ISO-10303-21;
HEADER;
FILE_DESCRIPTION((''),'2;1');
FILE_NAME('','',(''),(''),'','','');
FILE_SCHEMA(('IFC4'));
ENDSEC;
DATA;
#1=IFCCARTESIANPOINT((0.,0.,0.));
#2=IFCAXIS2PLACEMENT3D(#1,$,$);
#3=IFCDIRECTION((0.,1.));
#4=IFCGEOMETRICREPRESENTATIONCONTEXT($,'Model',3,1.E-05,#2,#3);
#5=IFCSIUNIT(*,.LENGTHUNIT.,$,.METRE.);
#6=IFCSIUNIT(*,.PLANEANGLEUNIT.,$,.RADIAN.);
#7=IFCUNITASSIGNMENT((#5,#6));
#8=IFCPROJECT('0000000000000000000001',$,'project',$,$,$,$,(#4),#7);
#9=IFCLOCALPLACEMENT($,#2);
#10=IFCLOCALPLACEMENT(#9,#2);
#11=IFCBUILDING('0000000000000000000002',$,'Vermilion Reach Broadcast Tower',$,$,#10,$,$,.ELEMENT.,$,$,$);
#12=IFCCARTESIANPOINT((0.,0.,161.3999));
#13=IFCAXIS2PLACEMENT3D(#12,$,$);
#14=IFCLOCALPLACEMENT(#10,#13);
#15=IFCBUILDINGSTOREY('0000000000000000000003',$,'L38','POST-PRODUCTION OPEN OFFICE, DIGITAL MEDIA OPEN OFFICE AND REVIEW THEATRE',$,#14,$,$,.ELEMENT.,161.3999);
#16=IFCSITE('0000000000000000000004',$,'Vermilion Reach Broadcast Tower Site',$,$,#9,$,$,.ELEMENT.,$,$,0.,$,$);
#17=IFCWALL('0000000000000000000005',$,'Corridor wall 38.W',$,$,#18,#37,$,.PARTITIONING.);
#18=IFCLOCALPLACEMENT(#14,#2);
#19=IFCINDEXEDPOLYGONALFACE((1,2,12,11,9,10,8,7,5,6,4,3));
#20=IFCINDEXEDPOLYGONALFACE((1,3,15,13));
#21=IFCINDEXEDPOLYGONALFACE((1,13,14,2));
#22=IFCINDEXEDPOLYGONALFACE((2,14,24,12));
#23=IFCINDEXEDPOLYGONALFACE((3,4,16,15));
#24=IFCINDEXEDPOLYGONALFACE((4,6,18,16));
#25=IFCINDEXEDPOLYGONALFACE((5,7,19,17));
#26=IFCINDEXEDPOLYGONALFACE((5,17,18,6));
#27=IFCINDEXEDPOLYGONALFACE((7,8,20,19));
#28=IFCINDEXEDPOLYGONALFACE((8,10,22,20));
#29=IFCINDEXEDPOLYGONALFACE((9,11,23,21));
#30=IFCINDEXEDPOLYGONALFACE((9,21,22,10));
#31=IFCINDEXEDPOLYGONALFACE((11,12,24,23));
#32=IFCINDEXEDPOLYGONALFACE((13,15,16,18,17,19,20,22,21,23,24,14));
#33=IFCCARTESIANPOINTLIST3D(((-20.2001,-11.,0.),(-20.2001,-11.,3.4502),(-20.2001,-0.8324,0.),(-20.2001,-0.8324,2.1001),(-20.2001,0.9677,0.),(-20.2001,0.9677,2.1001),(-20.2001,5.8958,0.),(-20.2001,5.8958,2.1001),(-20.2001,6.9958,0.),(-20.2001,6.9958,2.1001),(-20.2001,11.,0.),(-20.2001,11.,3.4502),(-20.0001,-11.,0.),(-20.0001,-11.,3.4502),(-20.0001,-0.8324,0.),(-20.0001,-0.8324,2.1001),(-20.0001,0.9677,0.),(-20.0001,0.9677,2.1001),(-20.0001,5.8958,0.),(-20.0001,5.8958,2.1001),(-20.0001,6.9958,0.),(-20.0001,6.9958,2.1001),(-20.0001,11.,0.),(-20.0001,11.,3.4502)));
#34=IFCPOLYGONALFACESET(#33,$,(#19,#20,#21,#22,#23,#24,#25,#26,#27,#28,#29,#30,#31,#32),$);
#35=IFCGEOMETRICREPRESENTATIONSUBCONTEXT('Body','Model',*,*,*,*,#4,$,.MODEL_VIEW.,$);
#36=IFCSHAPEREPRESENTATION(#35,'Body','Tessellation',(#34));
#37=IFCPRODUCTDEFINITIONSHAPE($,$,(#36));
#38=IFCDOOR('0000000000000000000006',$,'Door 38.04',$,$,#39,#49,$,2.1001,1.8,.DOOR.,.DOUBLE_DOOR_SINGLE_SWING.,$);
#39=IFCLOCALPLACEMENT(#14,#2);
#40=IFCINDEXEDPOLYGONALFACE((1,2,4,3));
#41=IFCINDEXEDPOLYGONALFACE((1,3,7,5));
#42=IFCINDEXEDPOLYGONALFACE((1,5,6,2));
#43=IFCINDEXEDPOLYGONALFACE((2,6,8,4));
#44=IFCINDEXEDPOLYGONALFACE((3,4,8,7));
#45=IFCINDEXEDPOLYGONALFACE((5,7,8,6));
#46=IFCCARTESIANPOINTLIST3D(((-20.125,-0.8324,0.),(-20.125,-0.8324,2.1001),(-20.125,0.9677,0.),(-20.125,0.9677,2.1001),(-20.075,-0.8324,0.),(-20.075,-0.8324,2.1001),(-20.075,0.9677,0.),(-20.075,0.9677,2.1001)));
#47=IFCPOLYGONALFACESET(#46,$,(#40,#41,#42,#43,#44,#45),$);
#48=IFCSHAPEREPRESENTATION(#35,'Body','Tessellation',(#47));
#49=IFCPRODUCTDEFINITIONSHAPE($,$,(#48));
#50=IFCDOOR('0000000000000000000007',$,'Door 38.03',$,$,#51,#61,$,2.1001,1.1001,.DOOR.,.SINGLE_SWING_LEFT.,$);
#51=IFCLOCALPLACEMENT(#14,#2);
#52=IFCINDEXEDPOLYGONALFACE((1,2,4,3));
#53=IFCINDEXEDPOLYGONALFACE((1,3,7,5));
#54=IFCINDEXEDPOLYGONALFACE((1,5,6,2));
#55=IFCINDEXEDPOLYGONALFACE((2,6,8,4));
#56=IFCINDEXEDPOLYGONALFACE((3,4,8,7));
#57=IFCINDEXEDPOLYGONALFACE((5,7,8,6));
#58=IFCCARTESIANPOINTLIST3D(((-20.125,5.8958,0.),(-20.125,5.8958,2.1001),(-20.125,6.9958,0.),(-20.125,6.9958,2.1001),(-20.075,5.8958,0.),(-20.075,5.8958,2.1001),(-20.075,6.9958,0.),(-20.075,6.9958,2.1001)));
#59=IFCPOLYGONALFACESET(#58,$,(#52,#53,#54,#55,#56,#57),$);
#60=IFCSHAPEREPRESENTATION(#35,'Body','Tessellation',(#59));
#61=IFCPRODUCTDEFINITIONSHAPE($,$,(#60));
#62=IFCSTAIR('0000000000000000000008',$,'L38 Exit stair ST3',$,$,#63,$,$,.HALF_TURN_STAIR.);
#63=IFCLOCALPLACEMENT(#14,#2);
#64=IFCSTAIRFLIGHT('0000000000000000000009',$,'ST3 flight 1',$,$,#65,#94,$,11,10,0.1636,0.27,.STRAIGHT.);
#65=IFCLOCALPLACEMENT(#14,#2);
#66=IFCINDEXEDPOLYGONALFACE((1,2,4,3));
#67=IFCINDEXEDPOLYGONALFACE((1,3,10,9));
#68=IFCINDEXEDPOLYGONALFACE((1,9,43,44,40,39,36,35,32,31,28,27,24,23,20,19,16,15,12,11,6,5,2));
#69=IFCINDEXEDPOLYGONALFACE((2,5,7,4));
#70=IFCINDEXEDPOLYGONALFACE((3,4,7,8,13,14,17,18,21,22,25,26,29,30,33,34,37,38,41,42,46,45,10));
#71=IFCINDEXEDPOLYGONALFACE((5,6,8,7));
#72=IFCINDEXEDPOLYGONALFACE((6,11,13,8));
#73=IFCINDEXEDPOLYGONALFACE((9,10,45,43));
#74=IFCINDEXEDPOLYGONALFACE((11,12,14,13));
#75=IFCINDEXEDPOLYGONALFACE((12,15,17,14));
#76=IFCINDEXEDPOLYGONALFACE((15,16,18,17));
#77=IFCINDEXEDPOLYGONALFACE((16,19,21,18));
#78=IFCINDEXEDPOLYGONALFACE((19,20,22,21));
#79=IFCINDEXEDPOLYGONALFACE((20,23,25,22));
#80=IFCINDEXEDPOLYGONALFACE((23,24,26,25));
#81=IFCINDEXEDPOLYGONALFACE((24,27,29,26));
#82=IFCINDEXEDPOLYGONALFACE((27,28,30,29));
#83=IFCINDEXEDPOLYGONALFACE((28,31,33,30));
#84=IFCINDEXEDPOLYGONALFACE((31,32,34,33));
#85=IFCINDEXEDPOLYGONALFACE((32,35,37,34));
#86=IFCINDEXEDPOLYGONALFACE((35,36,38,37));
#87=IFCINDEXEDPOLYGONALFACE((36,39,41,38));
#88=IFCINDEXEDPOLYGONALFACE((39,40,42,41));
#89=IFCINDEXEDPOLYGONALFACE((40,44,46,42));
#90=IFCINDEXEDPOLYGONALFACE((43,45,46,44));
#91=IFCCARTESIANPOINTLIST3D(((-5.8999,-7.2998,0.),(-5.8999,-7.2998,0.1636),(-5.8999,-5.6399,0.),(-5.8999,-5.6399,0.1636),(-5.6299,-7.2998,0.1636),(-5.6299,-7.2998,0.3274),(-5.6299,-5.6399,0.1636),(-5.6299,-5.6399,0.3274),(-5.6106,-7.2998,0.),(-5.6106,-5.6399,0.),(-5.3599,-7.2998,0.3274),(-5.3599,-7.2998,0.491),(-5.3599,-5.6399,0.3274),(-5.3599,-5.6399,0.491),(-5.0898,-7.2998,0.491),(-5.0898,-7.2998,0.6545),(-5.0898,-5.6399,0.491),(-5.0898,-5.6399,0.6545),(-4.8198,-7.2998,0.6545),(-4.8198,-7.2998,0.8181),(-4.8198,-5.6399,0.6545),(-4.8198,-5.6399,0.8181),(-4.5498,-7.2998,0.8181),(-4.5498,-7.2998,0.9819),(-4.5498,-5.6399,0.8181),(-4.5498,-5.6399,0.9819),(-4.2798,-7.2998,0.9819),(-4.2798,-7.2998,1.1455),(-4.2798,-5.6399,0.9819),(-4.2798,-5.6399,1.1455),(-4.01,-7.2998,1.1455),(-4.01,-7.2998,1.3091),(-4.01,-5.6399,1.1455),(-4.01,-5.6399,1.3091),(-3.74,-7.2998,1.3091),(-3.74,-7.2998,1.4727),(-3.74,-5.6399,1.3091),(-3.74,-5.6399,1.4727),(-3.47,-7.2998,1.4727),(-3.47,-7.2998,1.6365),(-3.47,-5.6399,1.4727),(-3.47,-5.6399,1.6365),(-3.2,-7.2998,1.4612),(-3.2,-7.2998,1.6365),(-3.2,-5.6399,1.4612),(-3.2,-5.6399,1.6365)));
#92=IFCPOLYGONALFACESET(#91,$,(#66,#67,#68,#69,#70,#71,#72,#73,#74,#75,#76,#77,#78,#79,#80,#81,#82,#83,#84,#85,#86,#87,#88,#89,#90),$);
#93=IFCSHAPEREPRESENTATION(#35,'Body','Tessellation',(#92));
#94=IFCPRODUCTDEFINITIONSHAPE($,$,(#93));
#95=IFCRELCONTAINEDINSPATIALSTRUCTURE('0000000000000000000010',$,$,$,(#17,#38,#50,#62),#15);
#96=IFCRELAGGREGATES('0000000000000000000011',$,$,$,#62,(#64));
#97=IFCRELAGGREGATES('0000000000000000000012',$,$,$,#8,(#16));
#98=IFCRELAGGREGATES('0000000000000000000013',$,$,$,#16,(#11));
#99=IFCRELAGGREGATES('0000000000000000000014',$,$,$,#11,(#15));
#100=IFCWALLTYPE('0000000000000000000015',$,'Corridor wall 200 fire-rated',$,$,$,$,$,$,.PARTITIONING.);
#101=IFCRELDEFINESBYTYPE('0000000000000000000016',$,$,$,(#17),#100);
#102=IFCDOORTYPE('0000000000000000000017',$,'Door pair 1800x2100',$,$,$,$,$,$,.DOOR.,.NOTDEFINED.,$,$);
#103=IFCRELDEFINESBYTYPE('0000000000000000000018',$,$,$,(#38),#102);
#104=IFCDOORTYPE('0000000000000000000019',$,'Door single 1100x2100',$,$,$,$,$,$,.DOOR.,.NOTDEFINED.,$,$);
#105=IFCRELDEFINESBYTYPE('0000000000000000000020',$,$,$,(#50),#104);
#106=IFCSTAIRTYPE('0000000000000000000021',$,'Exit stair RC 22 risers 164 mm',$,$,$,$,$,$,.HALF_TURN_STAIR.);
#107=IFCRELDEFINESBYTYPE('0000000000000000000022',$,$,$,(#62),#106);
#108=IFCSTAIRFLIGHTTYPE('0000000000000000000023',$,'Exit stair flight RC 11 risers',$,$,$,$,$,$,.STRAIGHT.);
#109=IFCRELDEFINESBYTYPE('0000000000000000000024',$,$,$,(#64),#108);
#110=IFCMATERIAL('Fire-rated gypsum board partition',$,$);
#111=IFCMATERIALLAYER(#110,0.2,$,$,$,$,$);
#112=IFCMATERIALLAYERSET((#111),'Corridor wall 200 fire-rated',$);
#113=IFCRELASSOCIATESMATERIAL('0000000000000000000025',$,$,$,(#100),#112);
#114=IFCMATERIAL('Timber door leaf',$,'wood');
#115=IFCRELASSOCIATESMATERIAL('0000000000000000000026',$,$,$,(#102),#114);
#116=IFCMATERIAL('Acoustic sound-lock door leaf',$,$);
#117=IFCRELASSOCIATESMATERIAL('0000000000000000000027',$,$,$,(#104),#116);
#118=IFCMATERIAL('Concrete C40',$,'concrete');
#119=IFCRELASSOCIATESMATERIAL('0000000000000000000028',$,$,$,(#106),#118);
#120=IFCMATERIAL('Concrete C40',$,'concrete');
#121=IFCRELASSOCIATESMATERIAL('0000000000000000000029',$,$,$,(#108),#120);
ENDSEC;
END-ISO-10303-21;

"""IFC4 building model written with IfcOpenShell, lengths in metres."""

from ifc_helpers import new_model, si_unit, direction, frame, frame_2d, origin, place, context, subcontext, project, spatial, polyline, rectangle, outline, extrude, material, layer, layer_set, type_object, element, fill, aggregate, save


model = new_model("IFC4")

# Units and contexts
model_context = context("Model", 3, precision=1e-05, world=origin(), true_north=direction((0.0, 1.0)))
body_context = subcontext(model_context, "Body", "Model", "MODEL_VIEW")
ifc_project = project(units=[si_unit("LENGTHUNIT", "METRE"), si_unit("PLANEANGLEUNIT", "RADIAN")], contexts=[model_context])

# Site, building, storey
site_placement = place(None, origin())
site = spatial("IfcSite", under=ifc_project, at=site_placement, Name="Vermilion Reach Broadcast Tower Site", CompositionType="ELEMENT", RefElevation=0.0)
building_placement = place(site_placement, origin())
building = spatial("IfcBuilding", under=site, at=building_placement, Name="Vermilion Reach Broadcast Tower", CompositionType="ELEMENT")
storey_placement = place(building_placement, frame((0.0, 0.0, 161.3999)))
storey = spatial("IfcBuildingStorey", under=building, at=storey_placement, Name="L38", Description="POST-PRODUCTION OPEN OFFICE, DIGITAL MEDIA OPEN OFFICE AND REVIEW THEATRE", CompositionType="ELEMENT", Elevation=161.3999)

# Wall, openings, doors
ifc_material_1 = material(Name="Fire-rated gypsum board partition")
ifc_layer_1 = layer(ifc_material_1, 0.2)
ifc_layer_set_1 = layer_set([ifc_layer_1], Name="Corridor wall 200 fire-rated")
wall_type_1 = type_object("IfcWallType", Name="Corridor wall 200 fire-rated", PredefinedType="PARTITIONING", material=ifc_layer_set_1)
wall_1_placement = place(storey_placement, frame((-20.1001, -11.0, 0.0), z_axis=(0.0, 0.0, 1.0), x_axis=(0.0, 1.0, 0.0)))
wall_1 = element("IfcWall", 1, at=wall_1_placement, inside=storey, type_object=wall_type_1, Name="Corridor wall 38.W", PredefinedType="PARTITIONING", context=body_context, shape_type="SweptSolid", body=[
    extrude(rectangle(XDim=22.0, YDim=0.2, at=frame_2d((11.0, 0.0))), origin(), (0.0, 0.0, 1.0), 3.4502),
])
opening_1_placement = place(wall_1_placement, frame((16.8958, 0.0, 0.0)))
opening_1 = element("IfcOpeningElement", 2, at=opening_1_placement, cuts=wall_1, PredefinedType="OPENING", context=body_context, shape_type="SweptSolid", body=[
    extrude(rectangle(XDim=1.1001, YDim=2.1001, at=frame_2d((0.55, 1.05))), frame((0.0, 0.1099, 0.0), z_axis=(0.0, -1.0, 0.0), x_axis=(1.0, 0.0, 0.0)), (0.0, 0.0, 1.0), 0.22),
])
opening_2_placement = place(wall_1_placement, frame((10.1677, 0.0, 0.0)))
opening_2 = element("IfcOpeningElement", 3, at=opening_2_placement, cuts=wall_1, PredefinedType="OPENING", context=body_context, shape_type="SweptSolid", body=[
    extrude(rectangle(XDim=1.8, YDim=2.1001, at=frame_2d((0.8999, 1.05))), frame((0.0, 0.1099, 0.0), z_axis=(0.0, -1.0, 0.0), x_axis=(1.0, 0.0, 0.0)), (0.0, 0.0, 1.0), 0.22),
])
ifc_material_2 = material(Name="Timber door leaf", Category="wood")
door_type_1 = type_object("IfcDoorType", Name="Door pair 1800x2100", OperationType="NOTDEFINED", PredefinedType="DOOR", material=ifc_material_2)
door_1_placement = place(opening_2_placement, origin())
door_1 = element("IfcDoor", 4, at=door_1_placement, inside=storey, type_object=door_type_1, Name="Door 38.04", OperationType="DOUBLE_DOOR_SINGLE_SWING", OverallHeight=2.1001, OverallWidth=1.8, PredefinedType="DOOR", context=body_context, shape_type="SweptSolid", body=[
    extrude(rectangle(XDim=1.8, YDim=2.1001, at=frame_2d((0.8999, 1.05))), frame((0.0, 0.0249, 0.0), z_axis=(0.0, -1.0, 0.0), x_axis=(1.0, 0.0, 0.0)), (0.0, 0.0, 1.0), 0.05),
])
fill(opening_2, door_1)
ifc_material_3 = material(Name="Acoustic sound-lock door leaf")
door_type_2 = type_object("IfcDoorType", Name="Door single 1100x2100", OperationType="NOTDEFINED", PredefinedType="DOOR", material=ifc_material_3)
door_2_placement = place(opening_1_placement, origin())
door_2 = element("IfcDoor", 5, at=door_2_placement, inside=storey, type_object=door_type_2, Name="Door 38.03", OperationType="SINGLE_SWING_LEFT", OverallHeight=2.1001, OverallWidth=1.1001, PredefinedType="DOOR", context=body_context, shape_type="SweptSolid", body=[
    extrude(rectangle(XDim=1.1001, YDim=2.1001, at=frame_2d((0.55, 1.05))), frame((0.0, 0.0249, 0.0), z_axis=(0.0, -1.0, 0.0), x_axis=(1.0, 0.0, 0.0)), (0.0, 0.0, 1.0), 0.05),
])
fill(opening_1, door_2)

# Stair, stair flight
ifc_material_4 = material(Name="Concrete C40", Category="concrete")
stair_type = type_object("IfcStairType", Name="Exit stair RC 22 risers 164 mm", PredefinedType="HALF_TURN_STAIR", material=ifc_material_4)
stair_placement = place(storey_placement, origin())
stair = element("IfcStair", 6, at=stair_placement, inside=storey, type_object=stair_type, Name="L38 Exit stair ST3", PredefinedType="HALF_TURN_STAIR")
ifc_material_5 = material(Name="Concrete C40", Category="concrete")
stair_flight_type = type_object("IfcStairFlightType", Name="Exit stair flight RC 11 risers", PredefinedType="STRAIGHT", material=ifc_material_5)
stair_flight_placement = place(storey_placement, frame((-5.8999, -6.47, 0.0), z_axis=(0.0, 0.0, 1.0), x_axis=(1.0, 0.0, 0.0)))
stair_flight = element("IfcStairFlight", 7, at=stair_flight_placement, type_object=stair_flight_type, Name="ST3 flight 1", NumberOfRisers=11, NumberOfTreads=10, PredefinedType="STRAIGHT", RiserHeight=0.1636, TreadLength=0.27, context=body_context, shape_type="SweptSolid", body=[
    extrude(outline(polyline([(0.0, 0.0), (0.0, 0.1636), (0.27, 0.1636), (0.27, 0.3274), (0.54, 0.3274), (0.54, 0.491), (0.8101, 0.491), (0.8101, 0.6545), (1.0801, 0.6545), (1.0801, 0.8181), (1.3501, 0.8181), (1.3501, 0.9819), (1.6201, 0.9819), (1.6201, 1.1455), (1.8899, 1.1455), (1.8899, 1.3091), (2.1599, 1.3091), (2.1599, 1.4727), (2.4299, 1.4727), (2.4299, 1.6365), (2.7, 1.6365), (2.7, 1.8), (2.7, 1.4612), (0.2893, 0.0), (0.0, 0.0)])), frame((0.0, 0.8301, 0.0), z_axis=(0.0, -1.0, 0.0), x_axis=(1.0, 0.0, 0.0)), (0.0, 0.0, 1.0), 1.6599),
])
aggregate(stair, [stair_flight])

save(model, "model.ifc")
